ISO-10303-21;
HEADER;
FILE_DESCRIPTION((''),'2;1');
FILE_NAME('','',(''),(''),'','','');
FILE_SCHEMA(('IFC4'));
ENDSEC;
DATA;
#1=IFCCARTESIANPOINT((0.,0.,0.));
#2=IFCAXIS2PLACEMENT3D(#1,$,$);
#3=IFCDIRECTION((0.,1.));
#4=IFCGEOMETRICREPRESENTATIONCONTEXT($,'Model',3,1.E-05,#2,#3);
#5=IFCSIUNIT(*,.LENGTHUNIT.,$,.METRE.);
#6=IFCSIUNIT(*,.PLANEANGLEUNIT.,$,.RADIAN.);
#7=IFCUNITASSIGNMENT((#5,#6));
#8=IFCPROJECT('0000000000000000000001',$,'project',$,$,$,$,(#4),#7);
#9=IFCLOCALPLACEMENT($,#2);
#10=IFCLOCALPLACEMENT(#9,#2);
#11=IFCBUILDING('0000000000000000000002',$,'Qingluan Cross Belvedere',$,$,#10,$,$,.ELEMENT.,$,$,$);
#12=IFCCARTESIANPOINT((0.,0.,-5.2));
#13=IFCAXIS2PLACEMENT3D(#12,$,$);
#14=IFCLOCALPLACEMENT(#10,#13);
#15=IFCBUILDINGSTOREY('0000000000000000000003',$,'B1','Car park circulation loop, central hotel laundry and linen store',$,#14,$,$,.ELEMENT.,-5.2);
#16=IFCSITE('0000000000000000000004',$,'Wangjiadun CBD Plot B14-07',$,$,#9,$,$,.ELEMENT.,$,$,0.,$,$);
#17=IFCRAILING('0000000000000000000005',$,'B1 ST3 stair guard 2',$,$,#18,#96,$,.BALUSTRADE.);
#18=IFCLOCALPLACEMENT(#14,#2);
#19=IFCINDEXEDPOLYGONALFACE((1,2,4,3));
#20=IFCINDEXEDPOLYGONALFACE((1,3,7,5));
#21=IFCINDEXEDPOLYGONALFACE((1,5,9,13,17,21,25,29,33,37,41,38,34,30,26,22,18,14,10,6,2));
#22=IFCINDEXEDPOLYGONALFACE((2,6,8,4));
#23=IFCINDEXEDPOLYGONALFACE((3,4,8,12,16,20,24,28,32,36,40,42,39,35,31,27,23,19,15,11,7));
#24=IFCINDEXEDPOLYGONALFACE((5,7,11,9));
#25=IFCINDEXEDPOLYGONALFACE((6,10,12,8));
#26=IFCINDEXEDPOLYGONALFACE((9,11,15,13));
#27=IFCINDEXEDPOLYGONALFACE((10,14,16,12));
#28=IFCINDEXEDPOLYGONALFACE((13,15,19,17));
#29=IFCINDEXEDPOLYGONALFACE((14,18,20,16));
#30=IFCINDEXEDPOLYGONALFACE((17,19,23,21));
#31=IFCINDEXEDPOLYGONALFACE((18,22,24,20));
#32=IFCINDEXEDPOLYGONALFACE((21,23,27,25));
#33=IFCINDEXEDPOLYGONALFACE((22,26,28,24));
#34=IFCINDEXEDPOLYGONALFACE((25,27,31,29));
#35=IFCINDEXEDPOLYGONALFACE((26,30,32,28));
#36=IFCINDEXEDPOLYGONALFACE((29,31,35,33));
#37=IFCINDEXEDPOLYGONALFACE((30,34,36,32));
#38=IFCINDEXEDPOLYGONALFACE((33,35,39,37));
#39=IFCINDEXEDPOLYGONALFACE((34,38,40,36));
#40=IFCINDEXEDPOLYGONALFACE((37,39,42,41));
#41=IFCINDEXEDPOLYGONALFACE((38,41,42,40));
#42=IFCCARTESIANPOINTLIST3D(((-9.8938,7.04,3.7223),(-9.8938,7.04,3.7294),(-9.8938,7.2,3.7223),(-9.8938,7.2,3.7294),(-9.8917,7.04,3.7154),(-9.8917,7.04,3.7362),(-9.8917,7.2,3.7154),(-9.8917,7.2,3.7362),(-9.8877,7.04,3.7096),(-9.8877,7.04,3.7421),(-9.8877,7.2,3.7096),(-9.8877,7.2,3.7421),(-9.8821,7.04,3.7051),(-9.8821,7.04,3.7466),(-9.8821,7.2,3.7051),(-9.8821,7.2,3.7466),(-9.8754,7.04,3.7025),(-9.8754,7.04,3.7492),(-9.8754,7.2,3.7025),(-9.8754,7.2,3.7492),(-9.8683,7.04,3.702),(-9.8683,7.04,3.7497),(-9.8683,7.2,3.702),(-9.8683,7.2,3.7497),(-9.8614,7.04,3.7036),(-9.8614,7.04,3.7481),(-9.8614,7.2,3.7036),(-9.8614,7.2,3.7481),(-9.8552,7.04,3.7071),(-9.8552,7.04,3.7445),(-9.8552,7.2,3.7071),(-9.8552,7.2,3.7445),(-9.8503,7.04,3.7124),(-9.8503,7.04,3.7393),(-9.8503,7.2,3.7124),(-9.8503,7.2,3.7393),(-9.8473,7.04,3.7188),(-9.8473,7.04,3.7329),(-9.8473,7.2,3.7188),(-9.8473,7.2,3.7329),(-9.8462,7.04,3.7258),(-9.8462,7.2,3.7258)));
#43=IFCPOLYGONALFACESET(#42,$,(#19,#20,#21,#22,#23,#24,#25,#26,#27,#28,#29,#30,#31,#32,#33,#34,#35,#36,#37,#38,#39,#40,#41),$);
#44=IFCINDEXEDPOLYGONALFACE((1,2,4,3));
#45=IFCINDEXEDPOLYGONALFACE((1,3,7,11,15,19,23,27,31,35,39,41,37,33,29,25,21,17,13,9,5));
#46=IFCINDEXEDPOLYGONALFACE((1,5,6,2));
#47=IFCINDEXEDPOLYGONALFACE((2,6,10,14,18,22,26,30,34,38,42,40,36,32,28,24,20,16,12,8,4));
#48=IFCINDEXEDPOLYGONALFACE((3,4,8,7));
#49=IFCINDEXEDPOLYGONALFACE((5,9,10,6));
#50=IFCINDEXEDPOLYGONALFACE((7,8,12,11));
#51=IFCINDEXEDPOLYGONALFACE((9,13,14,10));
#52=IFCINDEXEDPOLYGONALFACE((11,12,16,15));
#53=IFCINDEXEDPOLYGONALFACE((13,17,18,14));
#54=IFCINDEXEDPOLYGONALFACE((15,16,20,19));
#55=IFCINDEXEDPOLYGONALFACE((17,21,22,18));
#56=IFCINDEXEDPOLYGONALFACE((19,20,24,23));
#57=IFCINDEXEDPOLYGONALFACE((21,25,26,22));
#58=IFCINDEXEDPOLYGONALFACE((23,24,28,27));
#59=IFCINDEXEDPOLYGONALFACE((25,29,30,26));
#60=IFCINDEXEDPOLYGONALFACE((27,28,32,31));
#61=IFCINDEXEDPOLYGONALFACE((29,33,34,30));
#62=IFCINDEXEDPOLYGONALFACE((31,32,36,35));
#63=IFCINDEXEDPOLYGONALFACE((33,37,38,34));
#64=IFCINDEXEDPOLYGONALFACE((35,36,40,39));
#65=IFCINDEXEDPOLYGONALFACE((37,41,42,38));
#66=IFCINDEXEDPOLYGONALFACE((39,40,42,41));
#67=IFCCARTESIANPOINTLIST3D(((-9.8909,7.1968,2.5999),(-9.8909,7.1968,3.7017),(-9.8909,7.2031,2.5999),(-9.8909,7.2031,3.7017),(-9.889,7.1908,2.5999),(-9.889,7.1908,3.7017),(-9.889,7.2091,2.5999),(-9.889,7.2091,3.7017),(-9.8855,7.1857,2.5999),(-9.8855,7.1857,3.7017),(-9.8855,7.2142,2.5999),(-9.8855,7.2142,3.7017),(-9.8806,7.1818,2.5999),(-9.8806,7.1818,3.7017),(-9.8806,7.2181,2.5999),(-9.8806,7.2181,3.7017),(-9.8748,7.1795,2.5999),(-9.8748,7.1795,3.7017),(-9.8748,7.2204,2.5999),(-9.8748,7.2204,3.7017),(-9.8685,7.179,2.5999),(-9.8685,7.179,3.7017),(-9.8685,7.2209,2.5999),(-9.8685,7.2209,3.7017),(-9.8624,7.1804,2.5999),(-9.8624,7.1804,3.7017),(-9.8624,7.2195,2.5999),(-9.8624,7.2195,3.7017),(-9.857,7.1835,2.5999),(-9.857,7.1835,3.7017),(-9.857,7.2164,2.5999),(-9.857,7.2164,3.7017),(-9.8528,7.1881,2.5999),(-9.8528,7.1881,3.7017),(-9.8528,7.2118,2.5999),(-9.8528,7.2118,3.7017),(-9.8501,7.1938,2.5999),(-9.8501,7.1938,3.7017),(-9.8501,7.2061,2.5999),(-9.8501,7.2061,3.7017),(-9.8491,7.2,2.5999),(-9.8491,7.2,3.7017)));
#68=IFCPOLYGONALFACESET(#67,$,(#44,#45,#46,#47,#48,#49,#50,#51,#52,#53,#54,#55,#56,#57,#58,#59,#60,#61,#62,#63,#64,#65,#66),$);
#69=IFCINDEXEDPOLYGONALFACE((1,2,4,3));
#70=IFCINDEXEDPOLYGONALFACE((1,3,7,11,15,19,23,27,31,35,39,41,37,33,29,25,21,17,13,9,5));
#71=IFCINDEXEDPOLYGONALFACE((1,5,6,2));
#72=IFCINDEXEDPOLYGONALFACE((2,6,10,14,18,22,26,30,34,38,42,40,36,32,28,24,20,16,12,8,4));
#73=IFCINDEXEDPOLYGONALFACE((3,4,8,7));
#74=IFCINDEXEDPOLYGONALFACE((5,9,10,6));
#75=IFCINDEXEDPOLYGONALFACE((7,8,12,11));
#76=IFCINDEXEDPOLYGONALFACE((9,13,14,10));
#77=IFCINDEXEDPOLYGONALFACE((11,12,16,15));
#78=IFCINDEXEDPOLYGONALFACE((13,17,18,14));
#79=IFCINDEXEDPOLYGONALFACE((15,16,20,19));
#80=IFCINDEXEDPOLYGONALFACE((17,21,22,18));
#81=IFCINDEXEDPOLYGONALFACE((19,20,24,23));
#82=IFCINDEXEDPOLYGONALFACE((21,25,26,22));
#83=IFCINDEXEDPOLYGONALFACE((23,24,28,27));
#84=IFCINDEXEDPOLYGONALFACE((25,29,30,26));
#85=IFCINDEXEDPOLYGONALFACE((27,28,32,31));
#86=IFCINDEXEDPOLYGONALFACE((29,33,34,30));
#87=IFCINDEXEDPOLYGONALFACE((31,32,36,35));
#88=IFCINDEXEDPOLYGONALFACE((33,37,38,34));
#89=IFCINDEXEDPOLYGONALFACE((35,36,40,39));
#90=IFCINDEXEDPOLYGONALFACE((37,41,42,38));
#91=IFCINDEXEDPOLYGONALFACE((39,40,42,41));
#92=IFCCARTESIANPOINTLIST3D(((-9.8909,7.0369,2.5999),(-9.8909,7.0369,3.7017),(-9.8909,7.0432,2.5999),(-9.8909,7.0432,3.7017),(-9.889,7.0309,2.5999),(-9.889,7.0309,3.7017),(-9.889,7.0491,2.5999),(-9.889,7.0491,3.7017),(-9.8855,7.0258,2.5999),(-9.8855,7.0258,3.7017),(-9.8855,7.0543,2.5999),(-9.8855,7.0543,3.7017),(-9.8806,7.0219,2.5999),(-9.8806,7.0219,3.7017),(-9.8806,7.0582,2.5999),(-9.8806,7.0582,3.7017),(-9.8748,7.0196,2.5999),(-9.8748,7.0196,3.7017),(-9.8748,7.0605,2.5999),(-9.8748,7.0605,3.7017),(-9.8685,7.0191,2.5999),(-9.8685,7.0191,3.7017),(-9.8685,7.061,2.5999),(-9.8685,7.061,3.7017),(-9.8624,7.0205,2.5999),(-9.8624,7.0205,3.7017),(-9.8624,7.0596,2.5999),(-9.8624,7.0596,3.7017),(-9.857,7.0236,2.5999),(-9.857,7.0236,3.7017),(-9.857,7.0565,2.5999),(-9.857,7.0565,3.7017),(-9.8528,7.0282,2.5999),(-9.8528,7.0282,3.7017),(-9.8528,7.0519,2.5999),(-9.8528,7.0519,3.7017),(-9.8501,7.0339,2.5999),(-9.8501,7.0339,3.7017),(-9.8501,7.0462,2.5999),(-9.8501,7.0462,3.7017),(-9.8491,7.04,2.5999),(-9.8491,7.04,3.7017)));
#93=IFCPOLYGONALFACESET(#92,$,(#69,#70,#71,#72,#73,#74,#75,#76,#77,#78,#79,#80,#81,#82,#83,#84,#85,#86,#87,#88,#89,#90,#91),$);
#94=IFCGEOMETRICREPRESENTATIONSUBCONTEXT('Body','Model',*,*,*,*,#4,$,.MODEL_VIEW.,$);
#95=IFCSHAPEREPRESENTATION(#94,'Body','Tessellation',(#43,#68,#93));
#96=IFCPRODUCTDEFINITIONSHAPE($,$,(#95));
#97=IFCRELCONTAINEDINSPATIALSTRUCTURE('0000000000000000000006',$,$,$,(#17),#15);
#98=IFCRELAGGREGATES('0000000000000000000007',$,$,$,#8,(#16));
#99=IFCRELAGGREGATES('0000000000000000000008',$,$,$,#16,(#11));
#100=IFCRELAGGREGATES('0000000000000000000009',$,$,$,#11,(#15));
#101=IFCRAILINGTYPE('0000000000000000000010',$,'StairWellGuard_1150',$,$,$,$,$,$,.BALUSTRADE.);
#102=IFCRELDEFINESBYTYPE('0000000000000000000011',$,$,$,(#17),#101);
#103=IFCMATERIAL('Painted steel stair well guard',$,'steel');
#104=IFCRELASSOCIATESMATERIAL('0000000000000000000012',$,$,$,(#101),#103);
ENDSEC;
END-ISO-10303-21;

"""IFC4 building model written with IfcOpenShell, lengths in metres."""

from ifc_helpers import new_model, si_unit, direction, frame, origin, origin_2d, place, context, subcontext, project, spatial, circle, extrude, material, type_object, element, save


model = new_model("IFC4")

# Units and contexts
model_context = context("Model", 3, precision=1e-05, world=origin(), true_north=direction((0.0, 1.0)))
body_context = subcontext(model_context, "Body", "Model", "MODEL_VIEW")
ifc_project = project(units=[si_unit("LENGTHUNIT", "METRE"), si_unit("PLANEANGLEUNIT", "RADIAN")], contexts=[model_context])

# Site, building, storey
site_placement = place(None, origin())
site = spatial("IfcSite", under=ifc_project, at=site_placement, Name="Wangjiadun CBD Plot B14-07", CompositionType="ELEMENT", RefElevation=0.0)
building_placement = place(site_placement, origin())
building = spatial("IfcBuilding", under=site, at=building_placement, Name="Qingluan Cross Belvedere", CompositionType="ELEMENT")
storey_placement = place(building_placement, frame((0.0, 0.0, -5.2)))
storey = spatial("IfcBuildingStorey", under=building, at=storey_placement, Name="B1", Description="Car park circulation loop, central hotel laundry and linen store", CompositionType="ELEMENT", Elevation=-5.2)

# Railing
ifc_material_1 = material(Name="Painted steel stair well guard", Category="steel")
railing_type_1 = type_object("IfcRailingType", Name="StairWellGuard_1150", PredefinedType="BALUSTRADE", material=ifc_material_1)
railing_1_placement = place(storey_placement, frame((-9.8701, 7.2, 2.5999)))
element("IfcRailing", 1, at=railing_1_placement, inside=storey, type_object=railing_type_1, Name="B1 ST3 stair guard 2", PredefinedType="BALUSTRADE", context=body_context, shape_type="SweptSolid", body=[
    extrude(circle(Radius=0.0239, at=origin_2d()), frame((0.0, 0.0, 1.126), z_axis=(0.0, -1.0, 0.0), x_axis=(1.0, 0.0, 0.0)), (0.0, 0.0, 1.0), 0.1599),
    extrude(circle(Radius=0.021, at=origin_2d()), origin(), (0.0, 0.0, 1.0), 1.1018),
    extrude(circle(Radius=0.021, at=origin_2d()), frame((0.0, -0.1599, 0.0)), (0.0, 0.0, 1.0), 1.1018),
])

save(model, "model.ifc")
